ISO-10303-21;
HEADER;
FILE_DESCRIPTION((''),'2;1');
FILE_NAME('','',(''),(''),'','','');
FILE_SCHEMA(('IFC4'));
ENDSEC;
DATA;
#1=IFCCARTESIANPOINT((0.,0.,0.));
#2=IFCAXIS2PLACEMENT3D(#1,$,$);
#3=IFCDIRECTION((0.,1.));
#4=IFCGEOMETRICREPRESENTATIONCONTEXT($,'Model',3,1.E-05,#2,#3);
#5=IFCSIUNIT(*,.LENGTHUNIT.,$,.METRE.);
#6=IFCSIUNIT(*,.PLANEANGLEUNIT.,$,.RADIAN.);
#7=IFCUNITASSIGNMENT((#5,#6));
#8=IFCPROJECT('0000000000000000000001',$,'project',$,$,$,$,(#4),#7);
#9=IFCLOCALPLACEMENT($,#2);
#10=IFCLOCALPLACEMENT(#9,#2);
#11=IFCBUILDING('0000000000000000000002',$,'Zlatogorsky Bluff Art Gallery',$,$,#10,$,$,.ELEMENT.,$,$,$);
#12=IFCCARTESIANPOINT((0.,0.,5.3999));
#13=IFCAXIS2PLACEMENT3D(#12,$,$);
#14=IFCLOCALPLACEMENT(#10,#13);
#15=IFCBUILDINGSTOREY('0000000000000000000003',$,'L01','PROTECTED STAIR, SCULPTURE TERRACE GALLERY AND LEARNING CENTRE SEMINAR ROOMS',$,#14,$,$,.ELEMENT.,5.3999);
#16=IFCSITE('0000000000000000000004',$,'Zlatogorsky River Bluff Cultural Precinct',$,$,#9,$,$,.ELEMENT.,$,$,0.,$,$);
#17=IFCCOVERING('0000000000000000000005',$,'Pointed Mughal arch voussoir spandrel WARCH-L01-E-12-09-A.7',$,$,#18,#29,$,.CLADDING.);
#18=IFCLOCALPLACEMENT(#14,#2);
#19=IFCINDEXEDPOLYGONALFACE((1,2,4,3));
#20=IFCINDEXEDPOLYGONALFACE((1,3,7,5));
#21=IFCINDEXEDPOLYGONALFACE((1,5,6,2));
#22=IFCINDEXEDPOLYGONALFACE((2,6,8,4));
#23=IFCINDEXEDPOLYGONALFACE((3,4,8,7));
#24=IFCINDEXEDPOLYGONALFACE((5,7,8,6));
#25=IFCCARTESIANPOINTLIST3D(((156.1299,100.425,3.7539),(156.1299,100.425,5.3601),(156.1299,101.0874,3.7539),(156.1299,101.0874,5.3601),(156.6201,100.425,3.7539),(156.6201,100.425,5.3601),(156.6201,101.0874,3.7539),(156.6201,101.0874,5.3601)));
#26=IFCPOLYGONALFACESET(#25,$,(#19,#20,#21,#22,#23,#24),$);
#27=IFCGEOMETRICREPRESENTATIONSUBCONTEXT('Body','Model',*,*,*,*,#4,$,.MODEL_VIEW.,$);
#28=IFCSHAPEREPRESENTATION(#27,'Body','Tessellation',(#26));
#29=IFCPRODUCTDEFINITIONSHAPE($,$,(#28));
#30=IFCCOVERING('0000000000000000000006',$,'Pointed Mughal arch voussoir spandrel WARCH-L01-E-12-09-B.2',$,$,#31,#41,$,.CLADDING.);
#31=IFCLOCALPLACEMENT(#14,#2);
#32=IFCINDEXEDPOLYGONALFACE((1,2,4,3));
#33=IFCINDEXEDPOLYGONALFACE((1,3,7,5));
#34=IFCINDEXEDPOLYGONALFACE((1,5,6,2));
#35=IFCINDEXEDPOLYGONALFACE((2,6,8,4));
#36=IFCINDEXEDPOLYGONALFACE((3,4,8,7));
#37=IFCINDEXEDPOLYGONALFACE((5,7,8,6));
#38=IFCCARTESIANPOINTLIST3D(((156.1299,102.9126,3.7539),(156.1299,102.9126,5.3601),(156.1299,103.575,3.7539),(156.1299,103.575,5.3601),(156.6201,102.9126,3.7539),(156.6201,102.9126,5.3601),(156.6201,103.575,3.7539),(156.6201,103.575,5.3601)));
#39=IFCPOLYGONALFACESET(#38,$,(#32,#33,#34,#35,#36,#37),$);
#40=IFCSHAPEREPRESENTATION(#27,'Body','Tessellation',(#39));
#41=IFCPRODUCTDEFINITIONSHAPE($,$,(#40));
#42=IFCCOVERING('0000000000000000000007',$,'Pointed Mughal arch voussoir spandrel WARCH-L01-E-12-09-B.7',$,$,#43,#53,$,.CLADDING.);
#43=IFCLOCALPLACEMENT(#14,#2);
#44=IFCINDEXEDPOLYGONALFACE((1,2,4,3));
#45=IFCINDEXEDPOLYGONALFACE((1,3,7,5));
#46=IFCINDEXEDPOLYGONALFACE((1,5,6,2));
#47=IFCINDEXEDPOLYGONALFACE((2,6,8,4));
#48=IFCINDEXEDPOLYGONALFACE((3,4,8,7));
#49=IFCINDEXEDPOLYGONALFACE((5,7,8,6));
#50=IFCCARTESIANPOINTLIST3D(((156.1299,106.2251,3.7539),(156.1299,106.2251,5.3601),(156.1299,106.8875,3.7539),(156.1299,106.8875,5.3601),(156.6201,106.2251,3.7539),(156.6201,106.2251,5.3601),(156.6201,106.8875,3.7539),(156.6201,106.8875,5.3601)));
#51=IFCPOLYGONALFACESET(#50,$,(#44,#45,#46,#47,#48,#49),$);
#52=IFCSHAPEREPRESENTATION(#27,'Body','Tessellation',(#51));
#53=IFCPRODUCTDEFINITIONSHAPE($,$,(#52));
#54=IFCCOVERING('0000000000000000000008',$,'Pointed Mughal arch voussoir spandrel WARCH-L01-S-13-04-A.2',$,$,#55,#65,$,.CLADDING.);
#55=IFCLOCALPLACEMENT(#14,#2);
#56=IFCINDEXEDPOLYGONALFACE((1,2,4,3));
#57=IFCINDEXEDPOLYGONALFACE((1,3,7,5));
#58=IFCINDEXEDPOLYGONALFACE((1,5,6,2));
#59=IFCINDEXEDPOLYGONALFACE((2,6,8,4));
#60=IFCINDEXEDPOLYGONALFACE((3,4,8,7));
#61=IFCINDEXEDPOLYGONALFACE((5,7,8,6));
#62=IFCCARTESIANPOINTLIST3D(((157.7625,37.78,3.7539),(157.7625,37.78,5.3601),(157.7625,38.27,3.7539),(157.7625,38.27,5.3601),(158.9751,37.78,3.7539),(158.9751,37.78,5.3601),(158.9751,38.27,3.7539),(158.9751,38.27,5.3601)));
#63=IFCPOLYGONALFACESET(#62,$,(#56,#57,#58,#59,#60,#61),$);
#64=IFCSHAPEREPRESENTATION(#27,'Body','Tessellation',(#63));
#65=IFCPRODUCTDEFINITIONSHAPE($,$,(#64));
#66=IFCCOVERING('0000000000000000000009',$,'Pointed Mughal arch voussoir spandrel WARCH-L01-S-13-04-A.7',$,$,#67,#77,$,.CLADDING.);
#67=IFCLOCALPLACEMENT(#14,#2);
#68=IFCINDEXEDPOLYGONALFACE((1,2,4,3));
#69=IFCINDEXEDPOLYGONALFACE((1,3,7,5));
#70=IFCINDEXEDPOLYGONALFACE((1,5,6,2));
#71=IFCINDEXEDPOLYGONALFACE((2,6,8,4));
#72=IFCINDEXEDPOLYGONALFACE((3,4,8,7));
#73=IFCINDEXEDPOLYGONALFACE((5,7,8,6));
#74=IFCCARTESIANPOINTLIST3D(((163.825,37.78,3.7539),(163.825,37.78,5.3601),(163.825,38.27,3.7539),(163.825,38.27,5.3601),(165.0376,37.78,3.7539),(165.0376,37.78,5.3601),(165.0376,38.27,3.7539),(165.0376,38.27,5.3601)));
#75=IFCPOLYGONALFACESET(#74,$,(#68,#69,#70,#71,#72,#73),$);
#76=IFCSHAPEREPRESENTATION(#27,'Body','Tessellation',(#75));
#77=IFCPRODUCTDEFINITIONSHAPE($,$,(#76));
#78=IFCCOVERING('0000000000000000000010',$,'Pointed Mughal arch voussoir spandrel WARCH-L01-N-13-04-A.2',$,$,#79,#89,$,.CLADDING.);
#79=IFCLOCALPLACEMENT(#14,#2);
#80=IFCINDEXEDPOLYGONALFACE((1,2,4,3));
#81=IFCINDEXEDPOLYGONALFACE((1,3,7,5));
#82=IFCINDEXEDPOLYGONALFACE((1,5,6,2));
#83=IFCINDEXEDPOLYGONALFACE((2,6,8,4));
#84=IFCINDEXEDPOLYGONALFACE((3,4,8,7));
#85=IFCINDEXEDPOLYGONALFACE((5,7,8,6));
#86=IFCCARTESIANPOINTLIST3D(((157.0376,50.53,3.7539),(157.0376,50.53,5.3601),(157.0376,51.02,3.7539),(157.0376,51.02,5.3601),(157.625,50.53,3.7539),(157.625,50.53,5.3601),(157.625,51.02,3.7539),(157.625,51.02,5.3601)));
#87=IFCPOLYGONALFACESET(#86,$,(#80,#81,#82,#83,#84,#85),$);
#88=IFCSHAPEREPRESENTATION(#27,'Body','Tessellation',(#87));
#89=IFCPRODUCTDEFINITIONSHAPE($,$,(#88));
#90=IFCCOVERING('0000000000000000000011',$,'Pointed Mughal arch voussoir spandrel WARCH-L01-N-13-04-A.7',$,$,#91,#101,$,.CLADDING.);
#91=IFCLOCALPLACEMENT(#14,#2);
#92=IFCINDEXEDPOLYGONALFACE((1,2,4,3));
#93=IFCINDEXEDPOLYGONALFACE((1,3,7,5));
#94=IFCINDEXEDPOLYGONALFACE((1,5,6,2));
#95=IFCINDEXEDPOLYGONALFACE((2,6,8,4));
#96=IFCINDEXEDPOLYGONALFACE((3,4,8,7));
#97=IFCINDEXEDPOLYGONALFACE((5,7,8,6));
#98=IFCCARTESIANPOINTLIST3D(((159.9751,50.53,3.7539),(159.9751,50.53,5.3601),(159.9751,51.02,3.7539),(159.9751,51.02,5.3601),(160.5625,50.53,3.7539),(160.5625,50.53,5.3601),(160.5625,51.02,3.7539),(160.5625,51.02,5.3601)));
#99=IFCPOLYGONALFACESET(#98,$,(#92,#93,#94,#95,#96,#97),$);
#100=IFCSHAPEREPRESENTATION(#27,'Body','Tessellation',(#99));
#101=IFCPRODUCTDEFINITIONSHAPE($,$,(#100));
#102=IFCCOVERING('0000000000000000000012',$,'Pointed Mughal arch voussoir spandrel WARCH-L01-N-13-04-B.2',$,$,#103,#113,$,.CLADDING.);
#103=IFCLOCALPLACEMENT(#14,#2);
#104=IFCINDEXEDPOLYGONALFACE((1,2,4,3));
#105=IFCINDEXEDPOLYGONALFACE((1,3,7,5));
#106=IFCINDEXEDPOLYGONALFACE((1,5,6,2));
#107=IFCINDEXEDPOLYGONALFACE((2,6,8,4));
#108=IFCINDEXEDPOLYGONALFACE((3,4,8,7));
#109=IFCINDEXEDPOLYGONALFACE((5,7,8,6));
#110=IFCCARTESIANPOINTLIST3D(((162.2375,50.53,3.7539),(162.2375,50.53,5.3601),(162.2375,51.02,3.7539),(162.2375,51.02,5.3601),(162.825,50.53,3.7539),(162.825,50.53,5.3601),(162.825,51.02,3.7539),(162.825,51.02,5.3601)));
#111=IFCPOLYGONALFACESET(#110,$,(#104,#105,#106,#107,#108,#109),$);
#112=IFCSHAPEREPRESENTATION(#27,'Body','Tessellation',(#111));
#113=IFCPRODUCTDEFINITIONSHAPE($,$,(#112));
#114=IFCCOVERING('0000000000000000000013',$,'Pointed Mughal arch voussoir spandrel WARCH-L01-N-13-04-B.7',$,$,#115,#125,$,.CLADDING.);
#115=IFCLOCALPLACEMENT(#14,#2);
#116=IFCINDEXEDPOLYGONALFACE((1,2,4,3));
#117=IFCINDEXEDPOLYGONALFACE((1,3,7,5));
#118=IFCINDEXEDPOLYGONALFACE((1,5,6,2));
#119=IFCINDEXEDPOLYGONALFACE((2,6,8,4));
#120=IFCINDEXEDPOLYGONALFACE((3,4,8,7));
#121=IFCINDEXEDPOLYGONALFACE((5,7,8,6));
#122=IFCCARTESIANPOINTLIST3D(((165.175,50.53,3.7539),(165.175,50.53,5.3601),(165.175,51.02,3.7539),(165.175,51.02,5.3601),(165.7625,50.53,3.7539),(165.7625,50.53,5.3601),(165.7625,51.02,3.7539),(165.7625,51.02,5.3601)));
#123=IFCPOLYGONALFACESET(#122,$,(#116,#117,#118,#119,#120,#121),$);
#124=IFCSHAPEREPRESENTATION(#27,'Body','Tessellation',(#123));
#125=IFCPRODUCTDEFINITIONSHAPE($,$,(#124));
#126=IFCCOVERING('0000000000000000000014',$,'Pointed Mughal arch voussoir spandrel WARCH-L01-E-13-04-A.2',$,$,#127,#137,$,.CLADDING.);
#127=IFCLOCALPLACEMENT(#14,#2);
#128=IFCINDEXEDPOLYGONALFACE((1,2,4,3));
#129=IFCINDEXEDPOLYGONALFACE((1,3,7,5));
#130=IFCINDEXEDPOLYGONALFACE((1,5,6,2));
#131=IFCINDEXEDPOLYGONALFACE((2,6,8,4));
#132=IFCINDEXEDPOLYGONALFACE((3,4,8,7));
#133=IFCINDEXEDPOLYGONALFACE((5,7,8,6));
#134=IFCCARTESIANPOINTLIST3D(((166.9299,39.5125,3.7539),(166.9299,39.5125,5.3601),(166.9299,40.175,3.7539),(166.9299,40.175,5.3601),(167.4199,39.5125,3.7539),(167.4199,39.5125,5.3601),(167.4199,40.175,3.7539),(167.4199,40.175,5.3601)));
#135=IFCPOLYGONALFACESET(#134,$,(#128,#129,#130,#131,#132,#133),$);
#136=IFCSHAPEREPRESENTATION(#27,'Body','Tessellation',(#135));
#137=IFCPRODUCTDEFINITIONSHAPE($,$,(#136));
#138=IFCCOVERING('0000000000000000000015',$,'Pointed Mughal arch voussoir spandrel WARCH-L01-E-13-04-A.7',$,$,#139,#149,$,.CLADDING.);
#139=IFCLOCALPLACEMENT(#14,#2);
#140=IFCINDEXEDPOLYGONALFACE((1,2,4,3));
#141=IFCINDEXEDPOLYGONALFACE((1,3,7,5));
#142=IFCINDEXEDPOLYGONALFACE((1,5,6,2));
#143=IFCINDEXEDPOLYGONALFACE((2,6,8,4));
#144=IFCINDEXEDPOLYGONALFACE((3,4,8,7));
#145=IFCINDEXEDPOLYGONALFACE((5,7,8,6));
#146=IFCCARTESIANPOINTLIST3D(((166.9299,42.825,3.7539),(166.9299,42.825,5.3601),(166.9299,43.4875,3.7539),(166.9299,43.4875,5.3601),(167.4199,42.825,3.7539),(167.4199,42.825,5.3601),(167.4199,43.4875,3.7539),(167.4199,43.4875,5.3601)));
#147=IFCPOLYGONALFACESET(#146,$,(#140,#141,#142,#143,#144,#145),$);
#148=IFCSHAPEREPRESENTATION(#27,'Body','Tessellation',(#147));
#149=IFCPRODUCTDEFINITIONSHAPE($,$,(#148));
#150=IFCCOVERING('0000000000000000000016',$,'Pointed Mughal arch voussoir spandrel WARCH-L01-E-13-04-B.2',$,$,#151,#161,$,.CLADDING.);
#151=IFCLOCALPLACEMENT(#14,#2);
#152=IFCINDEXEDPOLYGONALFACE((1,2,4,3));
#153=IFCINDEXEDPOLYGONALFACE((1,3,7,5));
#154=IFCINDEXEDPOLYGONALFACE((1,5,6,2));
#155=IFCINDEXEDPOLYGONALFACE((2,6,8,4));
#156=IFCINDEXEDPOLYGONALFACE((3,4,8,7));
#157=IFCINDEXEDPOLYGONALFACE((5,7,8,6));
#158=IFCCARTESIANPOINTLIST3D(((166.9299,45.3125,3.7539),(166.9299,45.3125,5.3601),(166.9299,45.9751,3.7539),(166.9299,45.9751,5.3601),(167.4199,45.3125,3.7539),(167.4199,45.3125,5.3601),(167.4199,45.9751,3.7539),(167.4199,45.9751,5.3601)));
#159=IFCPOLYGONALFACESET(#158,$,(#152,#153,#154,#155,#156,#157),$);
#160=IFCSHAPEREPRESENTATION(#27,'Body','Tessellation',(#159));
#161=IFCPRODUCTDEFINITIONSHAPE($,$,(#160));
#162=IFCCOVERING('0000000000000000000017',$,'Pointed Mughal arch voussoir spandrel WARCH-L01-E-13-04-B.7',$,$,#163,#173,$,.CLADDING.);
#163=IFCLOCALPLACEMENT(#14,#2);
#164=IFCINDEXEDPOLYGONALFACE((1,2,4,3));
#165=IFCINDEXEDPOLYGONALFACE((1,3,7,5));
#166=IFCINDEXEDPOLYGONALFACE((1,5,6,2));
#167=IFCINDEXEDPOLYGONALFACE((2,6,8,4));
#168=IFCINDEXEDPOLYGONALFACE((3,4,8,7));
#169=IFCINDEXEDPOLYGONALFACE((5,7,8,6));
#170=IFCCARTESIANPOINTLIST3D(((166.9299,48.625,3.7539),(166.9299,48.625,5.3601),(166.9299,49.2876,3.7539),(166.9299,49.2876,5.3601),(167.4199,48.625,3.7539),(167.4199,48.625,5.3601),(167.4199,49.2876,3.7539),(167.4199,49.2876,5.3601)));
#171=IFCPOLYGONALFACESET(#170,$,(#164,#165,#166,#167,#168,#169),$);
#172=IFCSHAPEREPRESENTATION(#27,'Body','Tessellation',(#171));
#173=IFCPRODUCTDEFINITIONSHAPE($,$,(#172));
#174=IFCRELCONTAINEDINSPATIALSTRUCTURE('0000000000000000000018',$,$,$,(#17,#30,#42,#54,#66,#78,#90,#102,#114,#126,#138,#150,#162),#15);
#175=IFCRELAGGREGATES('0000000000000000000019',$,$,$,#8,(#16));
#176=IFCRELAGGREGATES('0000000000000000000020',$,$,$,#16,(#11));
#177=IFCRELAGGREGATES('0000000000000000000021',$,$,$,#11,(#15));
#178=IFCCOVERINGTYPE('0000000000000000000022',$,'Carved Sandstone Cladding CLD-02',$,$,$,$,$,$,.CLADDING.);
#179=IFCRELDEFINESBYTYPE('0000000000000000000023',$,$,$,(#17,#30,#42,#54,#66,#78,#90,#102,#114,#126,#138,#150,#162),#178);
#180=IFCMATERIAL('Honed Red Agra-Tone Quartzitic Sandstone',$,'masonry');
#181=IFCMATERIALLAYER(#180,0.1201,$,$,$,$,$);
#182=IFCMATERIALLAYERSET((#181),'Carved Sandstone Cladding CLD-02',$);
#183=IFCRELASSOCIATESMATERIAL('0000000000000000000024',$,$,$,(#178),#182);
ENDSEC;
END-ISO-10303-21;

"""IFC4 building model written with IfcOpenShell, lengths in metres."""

from ifc_helpers import new_model, si_unit, direction, frame, origin, place, context, subcontext, project, spatial, polyline, outline, extrude, material, layer, layer_set, type_object, element, save


model = new_model("IFC4")

# Units and contexts
model_context = context("Model", 3, precision=1e-05, world=origin(), true_north=direction((0.0, 1.0)))
body_context = subcontext(model_context, "Body", "Model", "MODEL_VIEW")
ifc_project = project(units=[si_unit("LENGTHUNIT", "METRE"), si_unit("PLANEANGLEUNIT", "RADIAN")], contexts=[model_context])

# Site, building, storey
site_placement = place(None, origin())
site = spatial("IfcSite", under=ifc_project, at=site_placement, Name="Zlatogorsky River Bluff Cultural Precinct", CompositionType="ELEMENT", RefElevation=0.0)
building_placement = place(site_placement, origin())
building = spatial("IfcBuilding", under=site, at=building_placement, Name="Zlatogorsky Bluff Art Gallery", CompositionType="ELEMENT")
storey_placement = place(building_placement, frame((0.0, 0.0, 5.3999)))
storey = spatial("IfcBuildingStorey", under=building, at=storey_placement, Name="L01", Description="PROTECTED STAIR, SCULPTURE TERRACE GALLERY AND LEARNING CENTRE SEMINAR ROOMS", CompositionType="ELEMENT", Elevation=5.3999)

# Coverings
ifc_material = material(Name="Honed Red Agra-Tone Quartzitic Sandstone", Category="masonry")
ifc_layer = layer(ifc_material, 0.1201)
ifc_layer_set = layer_set([ifc_layer], Name="Carved Sandstone Cladding CLD-02")
covering_type = type_object("IfcCoveringType", Name="Carved Sandstone Cladding CLD-02", PredefinedType="CLADDING", material=ifc_layer_set)
covering_1_placement = place(storey_placement, frame((0.0, 0.0, 3.7539)))
element("IfcCovering", 1, at=covering_1_placement, inside=storey, type_object=covering_type, Name="Pointed Mughal arch voussoir spandrel WARCH-L01-E-12-09-A.7", PredefinedType="CLADDING", context=body_context, shape_type="SweptSolid", body=[
    extrude(outline(polyline([(156.1299, 100.425), (156.1299, 101.0874), (156.6201, 101.0874), (156.6201, 100.425), (156.1299, 100.425)])), origin(), (0.0, 0.0, 1.0), 1.6062),
])
covering_2_placement = place(storey_placement, frame((0.0, 0.0, 3.7539)))
element("IfcCovering", 2, at=covering_2_placement, inside=storey, type_object=covering_type, Name="Pointed Mughal arch voussoir spandrel WARCH-L01-E-12-09-B.2", PredefinedType="CLADDING", context=body_context, shape_type="SweptSolid", body=[
    extrude(outline(polyline([(156.1299, 102.9126), (156.1299, 103.575), (156.6201, 103.575), (156.6201, 102.9126), (156.1299, 102.9126)])), origin(), (0.0, 0.0, 1.0), 1.6062),
])
covering_3_placement = place(storey_placement, frame((0.0, 0.0, 3.7539)))
element("IfcCovering", 3, at=covering_3_placement, inside=storey, type_object=covering_type, Name="Pointed Mughal arch voussoir spandrel WARCH-L01-E-12-09-B.7", PredefinedType="CLADDING", context=body_context, shape_type="SweptSolid", body=[
    extrude(outline(polyline([(156.1299, 106.2251), (156.1299, 106.8875), (156.6201, 106.8875), (156.6201, 106.2251), (156.1299, 106.2251)])), origin(), (0.0, 0.0, 1.0), 1.6062),
])
covering_4_placement = place(storey_placement, frame((0.0, 0.0, 3.7539)))
element("IfcCovering", 4, at=covering_4_placement, inside=storey, type_object=covering_type, Name="Pointed Mughal arch voussoir spandrel WARCH-L01-S-13-04-A.2", PredefinedType="CLADDING", context=body_context, shape_type="SweptSolid", body=[
    extrude(outline(polyline([(157.7625, 37.78), (158.9751, 37.78), (158.9751, 38.27), (157.7625, 38.27), (157.7625, 37.78)])), origin(), (0.0, 0.0, 1.0), 1.6062),
])
covering_5_placement = place(storey_placement, frame((0.0, 0.0, 3.7539)))
element("IfcCovering", 5, at=covering_5_placement, inside=storey, type_object=covering_type, Name="Pointed Mughal arch voussoir spandrel WARCH-L01-S-13-04-A.7", PredefinedType="CLADDING", context=body_context, shape_type="SweptSolid", body=[
    extrude(outline(polyline([(163.825, 37.78), (165.0376, 37.78), (165.0376, 38.27), (163.825, 38.27), (163.825, 37.78)])), origin(), (0.0, 0.0, 1.0), 1.6062),
])
covering_6_placement = place(storey_placement, frame((0.0, 0.0, 3.7539)))
element("IfcCovering", 6, at=covering_6_placement, inside=storey, type_object=covering_type, Name="Pointed Mughal arch voussoir spandrel WARCH-L01-N-13-04-A.2", PredefinedType="CLADDING", context=body_context, shape_type="SweptSolid", body=[
    extrude(outline(polyline([(157.0376, 50.53), (157.625, 50.53), (157.625, 51.02), (157.0376, 51.02), (157.0376, 50.53)])), origin(), (0.0, 0.0, 1.0), 1.6062),
])
covering_7_placement = place(storey_placement, frame((0.0, 0.0, 3.7539)))
element("IfcCovering", 7, at=covering_7_placement, inside=storey, type_object=covering_type, Name="Pointed Mughal arch voussoir spandrel WARCH-L01-N-13-04-A.7", PredefinedType="CLADDING", context=body_context, shape_type="SweptSolid", body=[
    extrude(outline(polyline([(159.9751, 50.53), (160.5625, 50.53), (160.5625, 51.02), (159.9751, 51.02), (159.9751, 50.53)])), origin(), (0.0, 0.0, 1.0), 1.6062),
])
covering_8_placement = place(storey_placement, frame((0.0, 0.0, 3.7539)))
element("IfcCovering", 8, at=covering_8_placement, inside=storey, type_object=covering_type, Name="Pointed Mughal arch voussoir spandrel WARCH-L01-N-13-04-B.2", PredefinedType="CLADDING", context=body_context, shape_type="SweptSolid", body=[
    extrude(outline(polyline([(162.2375, 50.53), (162.825, 50.53), (162.825, 51.02), (162.2375, 51.02), (162.2375, 50.53)])), origin(), (0.0, 0.0, 1.0), 1.6062),
])
covering_9_placement = place(storey_placement, frame((0.0, 0.0, 3.7539)))
element("IfcCovering", 9, at=covering_9_placement, inside=storey, type_object=covering_type, Name="Pointed Mughal arch voussoir spandrel WARCH-L01-N-13-04-B.7", PredefinedType="CLADDING", context=body_context, shape_type="SweptSolid", body=[
    extrude(outline(polyline([(165.175, 50.53), (165.7625, 50.53), (165.7625, 51.02), (165.175, 51.02), (165.175, 50.53)])), origin(), (0.0, 0.0, 1.0), 1.6062),
])
covering_10_placement = place(storey_placement, frame((0.0, 0.0, 3.7539)))
element("IfcCovering", 10, at=covering_10_placement, inside=storey, type_object=covering_type, Name="Pointed Mughal arch voussoir spandrel WARCH-L01-E-13-04-A.2", PredefinedType="CLADDING", context=body_context, shape_type="SweptSolid", body=[
    extrude(outline(polyline([(166.9299, 39.5125), (166.9299, 40.175), (167.4199, 40.175), (167.4199, 39.5125), (166.9299, 39.5125)])), origin(), (0.0, 0.0, 1.0), 1.6062),
])
covering_11_placement = place(storey_placement, frame((0.0, 0.0, 3.7539)))
element("IfcCovering", 11, at=covering_11_placement, inside=storey, type_object=covering_type, Name="Pointed Mughal arch voussoir spandrel WARCH-L01-E-13-04-A.7", PredefinedType="CLADDING", context=body_context, shape_type="SweptSolid", body=[
    extrude(outline(polyline([(166.9299, 42.825), (166.9299, 43.4875), (167.4199, 43.4875), (167.4199, 42.825), (166.9299, 42.825)])), origin(), (0.0, 0.0, 1.0), 1.6062),
])
covering_12_placement = place(storey_placement, frame((0.0, 0.0, 3.7539)))
element("IfcCovering", 12, at=covering_12_placement, inside=storey, type_object=covering_type, Name="Pointed Mughal arch voussoir spandrel WARCH-L01-E-13-04-B.2", PredefinedType="CLADDING", context=body_context, shape_type="SweptSolid", body=[
    extrude(outline(polyline([(166.9299, 45.3125), (166.9299, 45.9751), (167.4199, 45.9751), (167.4199, 45.3125), (166.9299, 45.3125)])), origin(), (0.0, 0.0, 1.0), 1.6062),
])
covering_13_placement = place(storey_placement, frame((0.0, 0.0, 3.7539)))
element("IfcCovering", 13, at=covering_13_placement, inside=storey, type_object=covering_type, Name="Pointed Mughal arch voussoir spandrel WARCH-L01-E-13-04-B.7", PredefinedType="CLADDING", context=body_context, shape_type="SweptSolid", body=[
    extrude(outline(polyline([(166.9299, 48.625), (166.9299, 49.2876), (167.4199, 49.2876), (167.4199, 48.625), (166.9299, 48.625)])), origin(), (0.0, 0.0, 1.0), 1.6062),
])

save(model, "model.ifc")
